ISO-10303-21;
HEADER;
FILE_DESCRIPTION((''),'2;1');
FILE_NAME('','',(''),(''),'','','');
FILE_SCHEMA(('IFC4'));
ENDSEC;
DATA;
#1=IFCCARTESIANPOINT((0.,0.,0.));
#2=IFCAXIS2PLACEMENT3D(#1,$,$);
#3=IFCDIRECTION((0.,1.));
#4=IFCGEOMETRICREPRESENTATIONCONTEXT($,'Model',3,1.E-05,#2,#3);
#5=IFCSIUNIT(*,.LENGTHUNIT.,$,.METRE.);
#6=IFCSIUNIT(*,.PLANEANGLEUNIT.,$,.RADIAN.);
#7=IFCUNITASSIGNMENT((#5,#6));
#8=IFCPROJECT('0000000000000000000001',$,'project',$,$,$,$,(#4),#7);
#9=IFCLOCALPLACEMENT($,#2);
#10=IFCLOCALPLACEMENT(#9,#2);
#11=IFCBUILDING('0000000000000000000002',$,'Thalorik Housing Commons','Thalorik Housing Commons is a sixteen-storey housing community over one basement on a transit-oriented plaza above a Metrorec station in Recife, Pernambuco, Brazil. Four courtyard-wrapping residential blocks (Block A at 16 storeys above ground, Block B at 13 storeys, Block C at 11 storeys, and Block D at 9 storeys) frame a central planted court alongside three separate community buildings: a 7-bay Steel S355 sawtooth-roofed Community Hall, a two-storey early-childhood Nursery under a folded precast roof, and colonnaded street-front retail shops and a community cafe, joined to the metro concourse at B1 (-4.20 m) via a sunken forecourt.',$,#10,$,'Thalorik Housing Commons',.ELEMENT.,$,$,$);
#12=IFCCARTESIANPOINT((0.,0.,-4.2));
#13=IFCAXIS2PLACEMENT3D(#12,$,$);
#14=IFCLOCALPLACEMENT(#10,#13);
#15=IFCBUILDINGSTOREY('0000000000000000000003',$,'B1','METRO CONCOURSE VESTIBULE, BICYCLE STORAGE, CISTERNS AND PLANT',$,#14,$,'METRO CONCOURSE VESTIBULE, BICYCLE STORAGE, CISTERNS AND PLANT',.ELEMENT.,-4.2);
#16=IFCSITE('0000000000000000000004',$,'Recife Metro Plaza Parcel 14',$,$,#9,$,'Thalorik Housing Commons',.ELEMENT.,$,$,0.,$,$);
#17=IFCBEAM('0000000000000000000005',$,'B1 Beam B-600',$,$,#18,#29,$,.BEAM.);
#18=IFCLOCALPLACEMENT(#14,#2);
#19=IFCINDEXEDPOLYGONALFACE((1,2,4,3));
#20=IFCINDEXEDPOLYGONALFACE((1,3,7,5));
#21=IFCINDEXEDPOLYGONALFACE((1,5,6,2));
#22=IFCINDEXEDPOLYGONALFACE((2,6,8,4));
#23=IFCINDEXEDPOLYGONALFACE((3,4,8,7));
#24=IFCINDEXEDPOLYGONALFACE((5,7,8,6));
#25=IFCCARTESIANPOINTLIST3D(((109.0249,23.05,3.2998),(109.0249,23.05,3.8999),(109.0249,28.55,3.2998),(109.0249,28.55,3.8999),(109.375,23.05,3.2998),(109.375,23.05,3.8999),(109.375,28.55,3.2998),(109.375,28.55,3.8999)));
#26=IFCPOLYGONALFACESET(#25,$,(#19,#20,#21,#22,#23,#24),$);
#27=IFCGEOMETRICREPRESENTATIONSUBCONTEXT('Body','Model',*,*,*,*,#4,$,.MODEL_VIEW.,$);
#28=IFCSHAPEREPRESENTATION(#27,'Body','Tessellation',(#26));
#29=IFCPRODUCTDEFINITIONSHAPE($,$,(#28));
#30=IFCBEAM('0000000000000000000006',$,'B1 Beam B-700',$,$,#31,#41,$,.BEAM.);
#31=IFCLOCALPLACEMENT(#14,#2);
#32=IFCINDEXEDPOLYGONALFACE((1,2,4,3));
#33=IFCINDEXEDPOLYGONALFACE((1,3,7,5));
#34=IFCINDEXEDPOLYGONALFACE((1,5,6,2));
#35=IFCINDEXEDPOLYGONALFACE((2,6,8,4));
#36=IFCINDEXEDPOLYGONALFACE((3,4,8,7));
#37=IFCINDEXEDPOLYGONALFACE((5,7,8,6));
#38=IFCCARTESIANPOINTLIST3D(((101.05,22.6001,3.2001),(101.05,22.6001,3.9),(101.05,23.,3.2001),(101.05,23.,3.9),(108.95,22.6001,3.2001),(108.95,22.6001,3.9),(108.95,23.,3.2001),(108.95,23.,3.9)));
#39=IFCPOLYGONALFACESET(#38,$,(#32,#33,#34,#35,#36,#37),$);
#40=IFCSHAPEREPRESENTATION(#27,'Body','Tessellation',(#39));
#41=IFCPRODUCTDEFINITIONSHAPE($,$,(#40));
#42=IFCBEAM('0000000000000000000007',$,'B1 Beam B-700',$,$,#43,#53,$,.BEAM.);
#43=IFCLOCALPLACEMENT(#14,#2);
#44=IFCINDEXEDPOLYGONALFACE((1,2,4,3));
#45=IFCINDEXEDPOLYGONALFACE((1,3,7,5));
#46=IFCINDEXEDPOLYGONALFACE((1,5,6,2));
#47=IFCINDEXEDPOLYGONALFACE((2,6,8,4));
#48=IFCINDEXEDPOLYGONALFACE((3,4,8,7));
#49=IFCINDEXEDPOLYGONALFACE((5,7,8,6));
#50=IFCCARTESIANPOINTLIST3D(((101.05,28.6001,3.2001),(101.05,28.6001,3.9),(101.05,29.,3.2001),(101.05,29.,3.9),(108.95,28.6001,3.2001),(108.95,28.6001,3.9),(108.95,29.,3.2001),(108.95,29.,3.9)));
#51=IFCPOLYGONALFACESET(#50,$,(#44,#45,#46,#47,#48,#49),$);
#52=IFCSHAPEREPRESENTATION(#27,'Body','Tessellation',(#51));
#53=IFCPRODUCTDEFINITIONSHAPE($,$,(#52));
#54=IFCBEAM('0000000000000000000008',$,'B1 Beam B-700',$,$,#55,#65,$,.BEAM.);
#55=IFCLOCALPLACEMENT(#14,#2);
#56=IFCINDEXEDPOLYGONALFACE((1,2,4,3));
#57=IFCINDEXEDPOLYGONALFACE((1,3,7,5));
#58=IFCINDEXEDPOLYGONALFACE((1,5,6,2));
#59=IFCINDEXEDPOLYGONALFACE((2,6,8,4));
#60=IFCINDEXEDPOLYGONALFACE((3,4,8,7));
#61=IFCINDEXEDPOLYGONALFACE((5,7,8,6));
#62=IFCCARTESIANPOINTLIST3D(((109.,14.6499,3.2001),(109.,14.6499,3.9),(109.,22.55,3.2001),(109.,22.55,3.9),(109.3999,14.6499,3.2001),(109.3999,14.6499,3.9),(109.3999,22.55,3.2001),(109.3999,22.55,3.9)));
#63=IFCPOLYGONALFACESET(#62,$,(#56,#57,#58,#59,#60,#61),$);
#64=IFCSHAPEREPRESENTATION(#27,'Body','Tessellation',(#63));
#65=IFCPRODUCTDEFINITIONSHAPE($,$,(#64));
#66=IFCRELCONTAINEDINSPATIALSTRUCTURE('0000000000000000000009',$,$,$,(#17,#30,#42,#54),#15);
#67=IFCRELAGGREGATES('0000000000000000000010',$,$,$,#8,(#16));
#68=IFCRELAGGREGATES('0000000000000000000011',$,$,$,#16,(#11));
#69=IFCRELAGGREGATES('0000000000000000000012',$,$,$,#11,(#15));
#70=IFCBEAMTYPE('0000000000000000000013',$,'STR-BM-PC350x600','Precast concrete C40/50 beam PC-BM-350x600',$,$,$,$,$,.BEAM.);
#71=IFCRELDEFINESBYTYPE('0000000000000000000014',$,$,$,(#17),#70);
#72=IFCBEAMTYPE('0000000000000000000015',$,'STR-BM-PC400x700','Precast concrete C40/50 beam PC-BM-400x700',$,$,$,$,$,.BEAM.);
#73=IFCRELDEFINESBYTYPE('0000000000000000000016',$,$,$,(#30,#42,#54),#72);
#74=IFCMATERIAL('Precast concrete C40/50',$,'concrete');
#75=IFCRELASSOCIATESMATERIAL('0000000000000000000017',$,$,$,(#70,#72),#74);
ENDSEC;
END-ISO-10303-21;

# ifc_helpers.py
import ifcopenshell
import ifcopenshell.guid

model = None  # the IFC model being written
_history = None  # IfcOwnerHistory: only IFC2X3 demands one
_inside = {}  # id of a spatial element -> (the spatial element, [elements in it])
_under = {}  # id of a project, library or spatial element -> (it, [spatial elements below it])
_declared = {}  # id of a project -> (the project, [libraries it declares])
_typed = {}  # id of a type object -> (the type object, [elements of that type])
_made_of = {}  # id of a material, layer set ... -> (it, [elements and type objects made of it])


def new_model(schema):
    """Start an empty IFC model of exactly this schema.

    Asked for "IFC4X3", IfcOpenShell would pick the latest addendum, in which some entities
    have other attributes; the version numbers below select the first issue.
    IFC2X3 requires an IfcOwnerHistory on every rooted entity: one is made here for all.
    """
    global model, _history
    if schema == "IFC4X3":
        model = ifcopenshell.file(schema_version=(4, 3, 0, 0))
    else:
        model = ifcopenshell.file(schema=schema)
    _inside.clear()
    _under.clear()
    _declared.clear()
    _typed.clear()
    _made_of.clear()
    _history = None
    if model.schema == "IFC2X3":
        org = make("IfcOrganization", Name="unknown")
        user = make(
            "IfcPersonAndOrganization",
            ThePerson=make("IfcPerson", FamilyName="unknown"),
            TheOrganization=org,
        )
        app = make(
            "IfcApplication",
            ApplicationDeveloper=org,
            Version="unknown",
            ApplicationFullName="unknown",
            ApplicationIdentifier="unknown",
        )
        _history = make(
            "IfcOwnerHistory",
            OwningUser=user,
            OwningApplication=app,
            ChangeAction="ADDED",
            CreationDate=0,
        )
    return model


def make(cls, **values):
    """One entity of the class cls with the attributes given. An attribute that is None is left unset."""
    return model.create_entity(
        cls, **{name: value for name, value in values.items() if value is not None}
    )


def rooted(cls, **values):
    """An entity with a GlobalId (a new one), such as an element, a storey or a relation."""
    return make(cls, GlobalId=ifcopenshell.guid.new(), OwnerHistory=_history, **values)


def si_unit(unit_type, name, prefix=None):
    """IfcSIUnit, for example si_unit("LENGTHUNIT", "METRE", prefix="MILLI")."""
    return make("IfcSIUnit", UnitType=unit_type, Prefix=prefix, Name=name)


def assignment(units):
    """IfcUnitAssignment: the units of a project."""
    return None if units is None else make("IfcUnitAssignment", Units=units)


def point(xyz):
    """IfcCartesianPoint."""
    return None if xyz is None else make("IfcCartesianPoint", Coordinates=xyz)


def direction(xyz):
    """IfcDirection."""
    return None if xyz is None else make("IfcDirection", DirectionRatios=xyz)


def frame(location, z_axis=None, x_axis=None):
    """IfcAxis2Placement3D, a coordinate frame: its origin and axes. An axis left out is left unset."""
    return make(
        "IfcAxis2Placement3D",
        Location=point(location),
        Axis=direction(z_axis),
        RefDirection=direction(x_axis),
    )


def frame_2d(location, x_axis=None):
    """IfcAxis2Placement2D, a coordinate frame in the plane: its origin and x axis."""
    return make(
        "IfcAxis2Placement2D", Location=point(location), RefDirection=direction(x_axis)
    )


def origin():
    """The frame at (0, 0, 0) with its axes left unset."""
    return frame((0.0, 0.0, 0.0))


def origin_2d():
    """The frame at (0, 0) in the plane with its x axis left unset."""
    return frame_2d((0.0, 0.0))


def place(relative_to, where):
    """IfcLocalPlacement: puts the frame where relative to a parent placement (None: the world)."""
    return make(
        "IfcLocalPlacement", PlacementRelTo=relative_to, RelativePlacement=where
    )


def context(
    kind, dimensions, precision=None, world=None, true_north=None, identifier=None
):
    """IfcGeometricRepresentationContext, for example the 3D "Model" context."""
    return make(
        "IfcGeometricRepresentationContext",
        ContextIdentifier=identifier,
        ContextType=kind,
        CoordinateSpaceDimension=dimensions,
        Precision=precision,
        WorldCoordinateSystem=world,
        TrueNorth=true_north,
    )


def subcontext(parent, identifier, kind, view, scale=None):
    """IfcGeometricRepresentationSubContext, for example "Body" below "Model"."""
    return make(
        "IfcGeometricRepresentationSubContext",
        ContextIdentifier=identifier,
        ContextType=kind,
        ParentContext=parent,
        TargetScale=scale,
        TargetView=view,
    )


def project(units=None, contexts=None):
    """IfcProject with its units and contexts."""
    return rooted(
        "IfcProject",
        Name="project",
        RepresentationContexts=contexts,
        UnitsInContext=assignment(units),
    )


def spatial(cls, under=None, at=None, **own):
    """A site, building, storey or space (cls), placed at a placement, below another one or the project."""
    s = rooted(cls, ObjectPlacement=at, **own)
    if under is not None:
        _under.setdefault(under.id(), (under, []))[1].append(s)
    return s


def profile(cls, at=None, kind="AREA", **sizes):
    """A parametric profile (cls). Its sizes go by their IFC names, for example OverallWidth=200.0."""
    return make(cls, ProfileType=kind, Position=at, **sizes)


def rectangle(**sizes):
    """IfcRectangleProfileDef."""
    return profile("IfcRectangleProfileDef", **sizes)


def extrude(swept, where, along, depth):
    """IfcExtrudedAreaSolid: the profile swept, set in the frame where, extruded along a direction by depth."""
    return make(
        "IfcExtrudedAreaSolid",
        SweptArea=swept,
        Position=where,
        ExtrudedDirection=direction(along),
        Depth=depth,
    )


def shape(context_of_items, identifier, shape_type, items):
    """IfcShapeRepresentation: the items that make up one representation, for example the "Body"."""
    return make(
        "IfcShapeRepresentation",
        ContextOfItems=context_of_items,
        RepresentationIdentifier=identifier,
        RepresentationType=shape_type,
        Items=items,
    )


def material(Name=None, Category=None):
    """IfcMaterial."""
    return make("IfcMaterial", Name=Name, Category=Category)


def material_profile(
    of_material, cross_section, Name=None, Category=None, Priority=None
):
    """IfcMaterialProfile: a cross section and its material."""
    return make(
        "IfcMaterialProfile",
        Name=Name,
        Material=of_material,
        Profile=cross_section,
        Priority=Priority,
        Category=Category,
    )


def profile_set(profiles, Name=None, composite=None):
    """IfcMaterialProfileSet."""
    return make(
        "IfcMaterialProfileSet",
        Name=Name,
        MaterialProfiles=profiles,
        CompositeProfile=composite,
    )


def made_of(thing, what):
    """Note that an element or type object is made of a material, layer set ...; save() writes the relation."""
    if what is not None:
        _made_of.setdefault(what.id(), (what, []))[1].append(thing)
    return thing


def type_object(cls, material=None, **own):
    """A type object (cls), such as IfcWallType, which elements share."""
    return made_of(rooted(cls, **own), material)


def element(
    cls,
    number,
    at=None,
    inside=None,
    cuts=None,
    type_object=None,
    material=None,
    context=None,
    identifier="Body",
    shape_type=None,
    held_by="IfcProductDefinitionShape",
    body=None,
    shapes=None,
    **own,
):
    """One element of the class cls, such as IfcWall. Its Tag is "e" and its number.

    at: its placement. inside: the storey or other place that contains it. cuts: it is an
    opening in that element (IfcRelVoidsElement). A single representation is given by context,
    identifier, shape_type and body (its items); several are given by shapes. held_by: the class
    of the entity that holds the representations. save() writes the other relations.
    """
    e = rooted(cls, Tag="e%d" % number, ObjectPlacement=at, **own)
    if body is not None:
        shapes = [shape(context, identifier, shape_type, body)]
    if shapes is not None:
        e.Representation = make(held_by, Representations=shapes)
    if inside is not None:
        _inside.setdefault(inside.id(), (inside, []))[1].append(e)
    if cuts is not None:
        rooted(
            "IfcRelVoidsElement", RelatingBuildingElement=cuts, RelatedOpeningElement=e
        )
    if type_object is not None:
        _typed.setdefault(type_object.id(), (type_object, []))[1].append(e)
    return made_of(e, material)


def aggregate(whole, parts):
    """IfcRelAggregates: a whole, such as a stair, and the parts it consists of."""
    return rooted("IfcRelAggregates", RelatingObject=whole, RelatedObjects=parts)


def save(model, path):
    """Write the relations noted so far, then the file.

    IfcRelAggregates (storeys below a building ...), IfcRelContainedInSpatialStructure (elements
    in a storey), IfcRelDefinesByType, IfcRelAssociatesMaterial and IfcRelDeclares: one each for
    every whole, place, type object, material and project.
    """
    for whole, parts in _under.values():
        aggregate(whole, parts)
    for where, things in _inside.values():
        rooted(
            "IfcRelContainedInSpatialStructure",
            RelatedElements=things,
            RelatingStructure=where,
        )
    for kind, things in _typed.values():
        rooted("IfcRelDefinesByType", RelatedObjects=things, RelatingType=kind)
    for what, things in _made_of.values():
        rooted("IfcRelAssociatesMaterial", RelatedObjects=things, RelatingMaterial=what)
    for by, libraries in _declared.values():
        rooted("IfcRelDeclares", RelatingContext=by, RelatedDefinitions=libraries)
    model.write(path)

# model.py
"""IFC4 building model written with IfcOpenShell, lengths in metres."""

from ifc_helpers import new_model, si_unit, direction, frame, origin, origin_2d, place, context, subcontext, project, spatial, rectangle, extrude, material, material_profile, profile_set, type_object, element, save


model = new_model("IFC4")

# Units and contexts
model_context = context("Model", 3, precision=1e-05, world=origin(), true_north=direction((0.0, 1.0)))
body_context = subcontext(model_context, "Body", "Model", "MODEL_VIEW")
ifc_project = project(units=[si_unit("LENGTHUNIT", "METRE"), si_unit("PLANEANGLEUNIT", "RADIAN")], contexts=[model_context])

# Site, building, storey
site_placement = place(None, origin())
site = spatial("IfcSite", under=ifc_project, at=site_placement, Name="Recife Metro Plaza Parcel 14", LongName="Thalorik Housing Commons", CompositionType="ELEMENT", RefElevation=0.0)
building_placement = place(site_placement, origin())
building = spatial("IfcBuilding", under=site, at=building_placement, Name="Thalorik Housing Commons", Description="Thalorik Housing Commons is a sixteen-storey housing community over one basement on a transit-oriented plaza above a Metrorec station in Recife, Pernambuco, Brazil. Four courtyard-wrapping residential blocks (Block A at 16 storeys above ground, Block B at 13 storeys, Block C at 11 storeys, and Block D at 9 storeys) frame a central planted court alongside three separate community buildings: a 7-bay Steel S355 sawtooth-roofed Community Hall, a two-storey early-childhood Nursery under a folded precast roof, and colonnaded street-front retail shops and a community cafe, joined to the metro concourse at B1 (-4.20 m) via a sunken forecourt.", LongName="Thalorik Housing Commons", CompositionType="ELEMENT")
storey_placement = place(building_placement, frame((0.0, 0.0, -4.2)))
storey = spatial("IfcBuildingStorey", under=building, at=storey_placement, Name="B1", Description="METRO CONCOURSE VESTIBULE, BICYCLE STORAGE, CISTERNS AND PLANT", LongName="METRO CONCOURSE VESTIBULE, BICYCLE STORAGE, CISTERNS AND PLANT", CompositionType="ELEMENT", Elevation=-4.2)

# Shared definitions
ifc_material_1 = material(Name="Precast concrete C40/50", Category="concrete")

# Beams
ifc_material_profile_1 = material_profile(ifc_material_1, rectangle(XDim=0.3501, YDim=0.6001, at=origin_2d()), Name="PC 350x600", Category="concrete")
ifc_profile_set_1 = profile_set([ifc_material_profile_1], Name="Precast concrete C40/50")
beam_type_1 = type_object("IfcBeamType", Name="STR-BM-PC350x600", Description="Precast concrete C40/50 beam PC-BM-350x600", PredefinedType="BEAM", material=ifc_profile_set_1)
for number, where, z_axis, x_axis, name in (
    (1, (109.2, 23.05, 3.5999), (0.0, 1.0, 0.0), (-1.0, 0.0, 0.0), "B1 Beam B-600"),
):
    element("IfcBeam", number, at=place(storey_placement, frame(where, z_axis=z_axis, x_axis=x_axis)), inside=storey, type_object=beam_type_1, Name=name, PredefinedType="BEAM", context=body_context, shape_type="SweptSolid", body=[
        extrude(rectangle(XDim=0.3501, YDim=0.6001, at=origin_2d()), origin(), (0.0, 0.0, 1.0), 5.5),
    ])
ifc_material_profile_2 = material_profile(ifc_material_1, rectangle(XDim=0.3999, YDim=0.7, at=origin_2d()), Name="PC 400x700", Category="concrete")
ifc_profile_set_2 = profile_set([ifc_material_profile_2], Name="Precast concrete C40/50")
beam_type_2 = type_object("IfcBeamType", Name="STR-BM-PC400x700", Description="Precast concrete C40/50 beam PC-BM-400x700", PredefinedType="BEAM", material=ifc_profile_set_2)
for number, where, z_axis, x_axis, name in (
    (2, (101.05, 22.8, 3.55), (1.0, 0.0, 0.0), (0.0, 1.0, 0.0), "B1 Beam B-700"),
    (3, (101.05, 28.8, 3.55), (1.0, 0.0, 0.0), (0.0, 1.0, 0.0), "B1 Beam B-700"),
):
    element("IfcBeam", number, at=place(storey_placement, frame(where, z_axis=z_axis, x_axis=x_axis)), inside=storey, type_object=beam_type_2, Name=name, PredefinedType="BEAM", context=body_context, shape_type="SweptSolid", body=[
        extrude(rectangle(XDim=0.3999, YDim=0.7, at=origin_2d()), origin(), (0.0, 0.0, 1.0), 7.8999),
    ])
beam_placement = place(storey_placement, frame((109.2, 14.6499, 3.55), z_axis=(0.0, 1.0, 0.0), x_axis=(-1.0, 0.0, 0.0)))
element("IfcBeam", 4, at=beam_placement, inside=storey, type_object=beam_type_2, Name="B1 Beam B-700", PredefinedType="BEAM", context=body_context, shape_type="SweptSolid", body=[
    extrude(rectangle(XDim=0.3999, YDim=0.7, at=origin_2d()), origin(), (0.0, 0.0, 1.0), 7.9001),
])

save(model, "model.ifc")
